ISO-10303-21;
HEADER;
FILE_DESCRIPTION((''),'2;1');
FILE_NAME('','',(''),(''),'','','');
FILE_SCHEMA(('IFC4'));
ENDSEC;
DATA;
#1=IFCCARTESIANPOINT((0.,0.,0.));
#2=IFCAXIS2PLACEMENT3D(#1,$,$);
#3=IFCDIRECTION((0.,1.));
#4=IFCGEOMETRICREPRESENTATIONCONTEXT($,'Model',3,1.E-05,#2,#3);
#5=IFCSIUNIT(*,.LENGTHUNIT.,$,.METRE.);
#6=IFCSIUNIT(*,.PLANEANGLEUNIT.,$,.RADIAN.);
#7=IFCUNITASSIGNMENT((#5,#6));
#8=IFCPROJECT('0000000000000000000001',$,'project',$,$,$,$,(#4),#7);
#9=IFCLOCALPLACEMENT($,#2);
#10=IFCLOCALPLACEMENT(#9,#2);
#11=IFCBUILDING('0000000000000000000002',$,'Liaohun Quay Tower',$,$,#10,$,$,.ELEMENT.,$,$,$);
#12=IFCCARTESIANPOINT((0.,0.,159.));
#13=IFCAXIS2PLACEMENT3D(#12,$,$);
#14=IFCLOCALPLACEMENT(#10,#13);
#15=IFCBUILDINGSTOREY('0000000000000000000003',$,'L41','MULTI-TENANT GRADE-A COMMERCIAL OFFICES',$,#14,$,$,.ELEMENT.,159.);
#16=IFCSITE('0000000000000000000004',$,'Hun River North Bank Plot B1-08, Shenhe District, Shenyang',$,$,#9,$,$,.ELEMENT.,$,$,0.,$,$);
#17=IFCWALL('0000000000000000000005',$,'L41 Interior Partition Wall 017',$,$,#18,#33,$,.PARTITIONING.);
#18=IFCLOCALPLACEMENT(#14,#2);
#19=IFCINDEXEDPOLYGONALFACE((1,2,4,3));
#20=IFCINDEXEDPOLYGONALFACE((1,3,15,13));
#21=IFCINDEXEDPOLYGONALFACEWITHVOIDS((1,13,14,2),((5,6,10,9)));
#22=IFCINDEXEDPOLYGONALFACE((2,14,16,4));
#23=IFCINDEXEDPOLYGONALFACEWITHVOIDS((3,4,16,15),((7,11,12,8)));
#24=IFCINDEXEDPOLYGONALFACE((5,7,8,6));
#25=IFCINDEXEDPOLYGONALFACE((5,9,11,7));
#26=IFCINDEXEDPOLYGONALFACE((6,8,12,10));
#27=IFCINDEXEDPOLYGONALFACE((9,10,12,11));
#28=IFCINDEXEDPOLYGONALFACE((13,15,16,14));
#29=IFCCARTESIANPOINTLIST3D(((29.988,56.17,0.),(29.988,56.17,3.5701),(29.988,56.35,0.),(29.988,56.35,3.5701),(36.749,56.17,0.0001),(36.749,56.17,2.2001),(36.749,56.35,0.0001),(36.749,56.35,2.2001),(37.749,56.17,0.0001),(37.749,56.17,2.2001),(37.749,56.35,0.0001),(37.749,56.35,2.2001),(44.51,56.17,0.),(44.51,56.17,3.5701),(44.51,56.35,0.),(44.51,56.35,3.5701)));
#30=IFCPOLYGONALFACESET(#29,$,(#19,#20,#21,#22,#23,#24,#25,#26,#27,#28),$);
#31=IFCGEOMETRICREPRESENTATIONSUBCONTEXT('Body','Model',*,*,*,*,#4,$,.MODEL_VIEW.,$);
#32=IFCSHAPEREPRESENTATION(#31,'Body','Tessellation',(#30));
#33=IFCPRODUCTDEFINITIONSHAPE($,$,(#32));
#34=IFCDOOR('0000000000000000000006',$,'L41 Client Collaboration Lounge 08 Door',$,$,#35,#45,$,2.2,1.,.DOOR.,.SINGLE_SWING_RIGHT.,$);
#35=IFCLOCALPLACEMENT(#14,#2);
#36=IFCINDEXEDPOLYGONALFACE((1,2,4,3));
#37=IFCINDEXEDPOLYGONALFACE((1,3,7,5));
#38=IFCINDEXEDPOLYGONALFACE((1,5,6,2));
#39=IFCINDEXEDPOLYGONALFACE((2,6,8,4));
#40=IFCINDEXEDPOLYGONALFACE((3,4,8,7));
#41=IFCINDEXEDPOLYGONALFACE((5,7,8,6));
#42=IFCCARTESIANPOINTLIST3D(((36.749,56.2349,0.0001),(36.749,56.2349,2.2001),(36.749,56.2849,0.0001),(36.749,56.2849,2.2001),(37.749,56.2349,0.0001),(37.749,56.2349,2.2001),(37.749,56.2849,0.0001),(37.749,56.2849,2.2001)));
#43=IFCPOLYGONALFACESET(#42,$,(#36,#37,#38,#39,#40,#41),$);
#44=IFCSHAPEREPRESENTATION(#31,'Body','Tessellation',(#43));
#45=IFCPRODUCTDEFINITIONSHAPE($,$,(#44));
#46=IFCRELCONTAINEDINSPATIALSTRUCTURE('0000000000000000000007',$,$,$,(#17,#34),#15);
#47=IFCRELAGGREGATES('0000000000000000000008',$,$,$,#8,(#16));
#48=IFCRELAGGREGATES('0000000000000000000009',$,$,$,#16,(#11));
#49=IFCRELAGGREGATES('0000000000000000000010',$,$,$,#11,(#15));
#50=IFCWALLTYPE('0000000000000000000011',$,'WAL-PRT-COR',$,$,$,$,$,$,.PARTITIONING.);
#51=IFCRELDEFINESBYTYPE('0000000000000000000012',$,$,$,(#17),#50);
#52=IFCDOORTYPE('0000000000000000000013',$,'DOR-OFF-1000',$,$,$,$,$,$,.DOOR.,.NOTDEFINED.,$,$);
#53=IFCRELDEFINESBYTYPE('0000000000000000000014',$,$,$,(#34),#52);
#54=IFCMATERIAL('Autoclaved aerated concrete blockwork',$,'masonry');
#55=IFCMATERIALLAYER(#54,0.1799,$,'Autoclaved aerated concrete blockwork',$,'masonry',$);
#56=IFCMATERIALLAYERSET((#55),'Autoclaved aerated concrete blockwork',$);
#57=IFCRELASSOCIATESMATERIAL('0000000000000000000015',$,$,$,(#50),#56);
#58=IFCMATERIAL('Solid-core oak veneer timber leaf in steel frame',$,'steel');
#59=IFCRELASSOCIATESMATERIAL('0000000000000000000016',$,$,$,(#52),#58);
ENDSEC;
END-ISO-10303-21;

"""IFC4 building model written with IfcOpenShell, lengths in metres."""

from ifc_helpers import new_model, si_unit, direction, frame, frame_2d, origin, place, context, subcontext, project, spatial, rectangle, extrude, source, transform, mapped, material, layer, layer_set, type_object, element, fill, save


model = new_model("IFC4")

# Units and contexts
model_context = context("Model", 3, precision=1e-05, world=origin(), true_north=direction((0.0, 1.0)))
body_context = subcontext(model_context, "Body", "Model", "MODEL_VIEW")
ifc_project = project(units=[si_unit("LENGTHUNIT", "METRE"), si_unit("PLANEANGLEUNIT", "RADIAN")], contexts=[model_context])

# Site, building, storey
site_placement = place(None, origin())
site = spatial("IfcSite", under=ifc_project, at=site_placement, Name="Hun River North Bank Plot B1-08, Shenhe District, Shenyang", CompositionType="ELEMENT", RefElevation=0.0)
building_placement = place(site_placement, origin())
building = spatial("IfcBuilding", under=site, at=building_placement, Name="Liaohun Quay Tower", CompositionType="ELEMENT")
storey_placement = place(building_placement, frame((0.0, 0.0, 159.0)))
storey = spatial("IfcBuildingStorey", under=building, at=storey_placement, Name="L41", Description="MULTI-TENANT GRADE-A COMMERCIAL OFFICES", CompositionType="ELEMENT", Elevation=159.0)

# Wall, opening, door
ifc_material_1 = material(Name="Autoclaved aerated concrete blockwork", Category="masonry")
ifc_layer_1 = layer(ifc_material_1, 0.1799, Name="Autoclaved aerated concrete blockwork", Category="masonry")
ifc_layer_set_1 = layer_set([ifc_layer_1], Name="Autoclaved aerated concrete blockwork")
wall_type_1 = type_object("IfcWallType", Name="WAL-PRT-COR", PredefinedType="PARTITIONING", material=ifc_layer_set_1)
wall_1_placement = place(storey_placement, frame((29.988, 56.26, 0.0), z_axis=(0.0, 0.0, 1.0), x_axis=(1.0, 0.0, 0.0)))
wall_1 = element("IfcWall", 1, at=wall_1_placement, inside=storey, type_object=wall_type_1, Name="L41 Interior Partition Wall 017", PredefinedType="PARTITIONING", context=body_context, shape_type="SweptSolid", body=[
    extrude(rectangle(XDim=14.522, YDim=0.1799, at=frame_2d((7.261, 0.0))), origin(), (0.0, 0.0, 1.0), 3.5701),
])
shared_shape_1 = source(origin(), body_context, "Body", "SweptSolid", [
    extrude(rectangle(XDim=1.0, YDim=2.2, at=frame_2d((0.5, 1.1001))), frame((0.0, 0.0999, 0.0), z_axis=(0.0, -1.0, 0.0), x_axis=(1.0, 0.0, 0.0)), (0.0, 0.0, 1.0), 0.2),
])
opening_1_placement = place(wall_1_placement, frame((6.761, 0.0, 0.0)))
opening_1 = element("IfcOpeningElement", 2, at=opening_1_placement, cuts=wall_1, PredefinedType="OPENING", context=body_context, shape_type="MappedRepresentation", body=[
    mapped(shared_shape_1, transform((0.0, 0.0, 0.0), x_axis=(1.0, 0.0, 0.0), y_axis=(0.0, 1.0, 0.0), z_axis=(0.0, 0.0, 1.0), scale=1.0)),
])
ifc_material_2 = material(Name="Solid-core oak veneer timber leaf in steel frame", Category="steel")
door_type_1 = type_object("IfcDoorType", Name="DOR-OFF-1000", OperationType="NOTDEFINED", PredefinedType="DOOR", material=ifc_material_2)
shared_shape_2 = source(origin(), body_context, "Body", "SweptSolid", [
    extrude(rectangle(XDim=1.0, YDim=2.2, at=frame_2d((0.5, 1.1001))), frame((0.0, 0.0249, 0.0), z_axis=(0.0, -1.0, 0.0), x_axis=(1.0, 0.0, 0.0)), (0.0, 0.0, 1.0), 0.05),
])
door_1_placement = place(opening_1_placement, origin())
door_1 = element("IfcDoor", 3, at=door_1_placement, inside=storey, type_object=door_type_1, Name="L41 Client Collaboration Lounge 08 Door", OperationType="SINGLE_SWING_RIGHT", OverallHeight=2.2, OverallWidth=1.0, PredefinedType="DOOR", context=body_context, shape_type="MappedRepresentation", body=[
    mapped(shared_shape_2, transform((0.0, 0.0, 0.0), x_axis=(1.0, 0.0, 0.0), y_axis=(0.0, 1.0, 0.0), z_axis=(0.0, 0.0, 1.0), scale=1.0)),
])
fill(opening_1, door_1)

save(model, "model.ifc")
